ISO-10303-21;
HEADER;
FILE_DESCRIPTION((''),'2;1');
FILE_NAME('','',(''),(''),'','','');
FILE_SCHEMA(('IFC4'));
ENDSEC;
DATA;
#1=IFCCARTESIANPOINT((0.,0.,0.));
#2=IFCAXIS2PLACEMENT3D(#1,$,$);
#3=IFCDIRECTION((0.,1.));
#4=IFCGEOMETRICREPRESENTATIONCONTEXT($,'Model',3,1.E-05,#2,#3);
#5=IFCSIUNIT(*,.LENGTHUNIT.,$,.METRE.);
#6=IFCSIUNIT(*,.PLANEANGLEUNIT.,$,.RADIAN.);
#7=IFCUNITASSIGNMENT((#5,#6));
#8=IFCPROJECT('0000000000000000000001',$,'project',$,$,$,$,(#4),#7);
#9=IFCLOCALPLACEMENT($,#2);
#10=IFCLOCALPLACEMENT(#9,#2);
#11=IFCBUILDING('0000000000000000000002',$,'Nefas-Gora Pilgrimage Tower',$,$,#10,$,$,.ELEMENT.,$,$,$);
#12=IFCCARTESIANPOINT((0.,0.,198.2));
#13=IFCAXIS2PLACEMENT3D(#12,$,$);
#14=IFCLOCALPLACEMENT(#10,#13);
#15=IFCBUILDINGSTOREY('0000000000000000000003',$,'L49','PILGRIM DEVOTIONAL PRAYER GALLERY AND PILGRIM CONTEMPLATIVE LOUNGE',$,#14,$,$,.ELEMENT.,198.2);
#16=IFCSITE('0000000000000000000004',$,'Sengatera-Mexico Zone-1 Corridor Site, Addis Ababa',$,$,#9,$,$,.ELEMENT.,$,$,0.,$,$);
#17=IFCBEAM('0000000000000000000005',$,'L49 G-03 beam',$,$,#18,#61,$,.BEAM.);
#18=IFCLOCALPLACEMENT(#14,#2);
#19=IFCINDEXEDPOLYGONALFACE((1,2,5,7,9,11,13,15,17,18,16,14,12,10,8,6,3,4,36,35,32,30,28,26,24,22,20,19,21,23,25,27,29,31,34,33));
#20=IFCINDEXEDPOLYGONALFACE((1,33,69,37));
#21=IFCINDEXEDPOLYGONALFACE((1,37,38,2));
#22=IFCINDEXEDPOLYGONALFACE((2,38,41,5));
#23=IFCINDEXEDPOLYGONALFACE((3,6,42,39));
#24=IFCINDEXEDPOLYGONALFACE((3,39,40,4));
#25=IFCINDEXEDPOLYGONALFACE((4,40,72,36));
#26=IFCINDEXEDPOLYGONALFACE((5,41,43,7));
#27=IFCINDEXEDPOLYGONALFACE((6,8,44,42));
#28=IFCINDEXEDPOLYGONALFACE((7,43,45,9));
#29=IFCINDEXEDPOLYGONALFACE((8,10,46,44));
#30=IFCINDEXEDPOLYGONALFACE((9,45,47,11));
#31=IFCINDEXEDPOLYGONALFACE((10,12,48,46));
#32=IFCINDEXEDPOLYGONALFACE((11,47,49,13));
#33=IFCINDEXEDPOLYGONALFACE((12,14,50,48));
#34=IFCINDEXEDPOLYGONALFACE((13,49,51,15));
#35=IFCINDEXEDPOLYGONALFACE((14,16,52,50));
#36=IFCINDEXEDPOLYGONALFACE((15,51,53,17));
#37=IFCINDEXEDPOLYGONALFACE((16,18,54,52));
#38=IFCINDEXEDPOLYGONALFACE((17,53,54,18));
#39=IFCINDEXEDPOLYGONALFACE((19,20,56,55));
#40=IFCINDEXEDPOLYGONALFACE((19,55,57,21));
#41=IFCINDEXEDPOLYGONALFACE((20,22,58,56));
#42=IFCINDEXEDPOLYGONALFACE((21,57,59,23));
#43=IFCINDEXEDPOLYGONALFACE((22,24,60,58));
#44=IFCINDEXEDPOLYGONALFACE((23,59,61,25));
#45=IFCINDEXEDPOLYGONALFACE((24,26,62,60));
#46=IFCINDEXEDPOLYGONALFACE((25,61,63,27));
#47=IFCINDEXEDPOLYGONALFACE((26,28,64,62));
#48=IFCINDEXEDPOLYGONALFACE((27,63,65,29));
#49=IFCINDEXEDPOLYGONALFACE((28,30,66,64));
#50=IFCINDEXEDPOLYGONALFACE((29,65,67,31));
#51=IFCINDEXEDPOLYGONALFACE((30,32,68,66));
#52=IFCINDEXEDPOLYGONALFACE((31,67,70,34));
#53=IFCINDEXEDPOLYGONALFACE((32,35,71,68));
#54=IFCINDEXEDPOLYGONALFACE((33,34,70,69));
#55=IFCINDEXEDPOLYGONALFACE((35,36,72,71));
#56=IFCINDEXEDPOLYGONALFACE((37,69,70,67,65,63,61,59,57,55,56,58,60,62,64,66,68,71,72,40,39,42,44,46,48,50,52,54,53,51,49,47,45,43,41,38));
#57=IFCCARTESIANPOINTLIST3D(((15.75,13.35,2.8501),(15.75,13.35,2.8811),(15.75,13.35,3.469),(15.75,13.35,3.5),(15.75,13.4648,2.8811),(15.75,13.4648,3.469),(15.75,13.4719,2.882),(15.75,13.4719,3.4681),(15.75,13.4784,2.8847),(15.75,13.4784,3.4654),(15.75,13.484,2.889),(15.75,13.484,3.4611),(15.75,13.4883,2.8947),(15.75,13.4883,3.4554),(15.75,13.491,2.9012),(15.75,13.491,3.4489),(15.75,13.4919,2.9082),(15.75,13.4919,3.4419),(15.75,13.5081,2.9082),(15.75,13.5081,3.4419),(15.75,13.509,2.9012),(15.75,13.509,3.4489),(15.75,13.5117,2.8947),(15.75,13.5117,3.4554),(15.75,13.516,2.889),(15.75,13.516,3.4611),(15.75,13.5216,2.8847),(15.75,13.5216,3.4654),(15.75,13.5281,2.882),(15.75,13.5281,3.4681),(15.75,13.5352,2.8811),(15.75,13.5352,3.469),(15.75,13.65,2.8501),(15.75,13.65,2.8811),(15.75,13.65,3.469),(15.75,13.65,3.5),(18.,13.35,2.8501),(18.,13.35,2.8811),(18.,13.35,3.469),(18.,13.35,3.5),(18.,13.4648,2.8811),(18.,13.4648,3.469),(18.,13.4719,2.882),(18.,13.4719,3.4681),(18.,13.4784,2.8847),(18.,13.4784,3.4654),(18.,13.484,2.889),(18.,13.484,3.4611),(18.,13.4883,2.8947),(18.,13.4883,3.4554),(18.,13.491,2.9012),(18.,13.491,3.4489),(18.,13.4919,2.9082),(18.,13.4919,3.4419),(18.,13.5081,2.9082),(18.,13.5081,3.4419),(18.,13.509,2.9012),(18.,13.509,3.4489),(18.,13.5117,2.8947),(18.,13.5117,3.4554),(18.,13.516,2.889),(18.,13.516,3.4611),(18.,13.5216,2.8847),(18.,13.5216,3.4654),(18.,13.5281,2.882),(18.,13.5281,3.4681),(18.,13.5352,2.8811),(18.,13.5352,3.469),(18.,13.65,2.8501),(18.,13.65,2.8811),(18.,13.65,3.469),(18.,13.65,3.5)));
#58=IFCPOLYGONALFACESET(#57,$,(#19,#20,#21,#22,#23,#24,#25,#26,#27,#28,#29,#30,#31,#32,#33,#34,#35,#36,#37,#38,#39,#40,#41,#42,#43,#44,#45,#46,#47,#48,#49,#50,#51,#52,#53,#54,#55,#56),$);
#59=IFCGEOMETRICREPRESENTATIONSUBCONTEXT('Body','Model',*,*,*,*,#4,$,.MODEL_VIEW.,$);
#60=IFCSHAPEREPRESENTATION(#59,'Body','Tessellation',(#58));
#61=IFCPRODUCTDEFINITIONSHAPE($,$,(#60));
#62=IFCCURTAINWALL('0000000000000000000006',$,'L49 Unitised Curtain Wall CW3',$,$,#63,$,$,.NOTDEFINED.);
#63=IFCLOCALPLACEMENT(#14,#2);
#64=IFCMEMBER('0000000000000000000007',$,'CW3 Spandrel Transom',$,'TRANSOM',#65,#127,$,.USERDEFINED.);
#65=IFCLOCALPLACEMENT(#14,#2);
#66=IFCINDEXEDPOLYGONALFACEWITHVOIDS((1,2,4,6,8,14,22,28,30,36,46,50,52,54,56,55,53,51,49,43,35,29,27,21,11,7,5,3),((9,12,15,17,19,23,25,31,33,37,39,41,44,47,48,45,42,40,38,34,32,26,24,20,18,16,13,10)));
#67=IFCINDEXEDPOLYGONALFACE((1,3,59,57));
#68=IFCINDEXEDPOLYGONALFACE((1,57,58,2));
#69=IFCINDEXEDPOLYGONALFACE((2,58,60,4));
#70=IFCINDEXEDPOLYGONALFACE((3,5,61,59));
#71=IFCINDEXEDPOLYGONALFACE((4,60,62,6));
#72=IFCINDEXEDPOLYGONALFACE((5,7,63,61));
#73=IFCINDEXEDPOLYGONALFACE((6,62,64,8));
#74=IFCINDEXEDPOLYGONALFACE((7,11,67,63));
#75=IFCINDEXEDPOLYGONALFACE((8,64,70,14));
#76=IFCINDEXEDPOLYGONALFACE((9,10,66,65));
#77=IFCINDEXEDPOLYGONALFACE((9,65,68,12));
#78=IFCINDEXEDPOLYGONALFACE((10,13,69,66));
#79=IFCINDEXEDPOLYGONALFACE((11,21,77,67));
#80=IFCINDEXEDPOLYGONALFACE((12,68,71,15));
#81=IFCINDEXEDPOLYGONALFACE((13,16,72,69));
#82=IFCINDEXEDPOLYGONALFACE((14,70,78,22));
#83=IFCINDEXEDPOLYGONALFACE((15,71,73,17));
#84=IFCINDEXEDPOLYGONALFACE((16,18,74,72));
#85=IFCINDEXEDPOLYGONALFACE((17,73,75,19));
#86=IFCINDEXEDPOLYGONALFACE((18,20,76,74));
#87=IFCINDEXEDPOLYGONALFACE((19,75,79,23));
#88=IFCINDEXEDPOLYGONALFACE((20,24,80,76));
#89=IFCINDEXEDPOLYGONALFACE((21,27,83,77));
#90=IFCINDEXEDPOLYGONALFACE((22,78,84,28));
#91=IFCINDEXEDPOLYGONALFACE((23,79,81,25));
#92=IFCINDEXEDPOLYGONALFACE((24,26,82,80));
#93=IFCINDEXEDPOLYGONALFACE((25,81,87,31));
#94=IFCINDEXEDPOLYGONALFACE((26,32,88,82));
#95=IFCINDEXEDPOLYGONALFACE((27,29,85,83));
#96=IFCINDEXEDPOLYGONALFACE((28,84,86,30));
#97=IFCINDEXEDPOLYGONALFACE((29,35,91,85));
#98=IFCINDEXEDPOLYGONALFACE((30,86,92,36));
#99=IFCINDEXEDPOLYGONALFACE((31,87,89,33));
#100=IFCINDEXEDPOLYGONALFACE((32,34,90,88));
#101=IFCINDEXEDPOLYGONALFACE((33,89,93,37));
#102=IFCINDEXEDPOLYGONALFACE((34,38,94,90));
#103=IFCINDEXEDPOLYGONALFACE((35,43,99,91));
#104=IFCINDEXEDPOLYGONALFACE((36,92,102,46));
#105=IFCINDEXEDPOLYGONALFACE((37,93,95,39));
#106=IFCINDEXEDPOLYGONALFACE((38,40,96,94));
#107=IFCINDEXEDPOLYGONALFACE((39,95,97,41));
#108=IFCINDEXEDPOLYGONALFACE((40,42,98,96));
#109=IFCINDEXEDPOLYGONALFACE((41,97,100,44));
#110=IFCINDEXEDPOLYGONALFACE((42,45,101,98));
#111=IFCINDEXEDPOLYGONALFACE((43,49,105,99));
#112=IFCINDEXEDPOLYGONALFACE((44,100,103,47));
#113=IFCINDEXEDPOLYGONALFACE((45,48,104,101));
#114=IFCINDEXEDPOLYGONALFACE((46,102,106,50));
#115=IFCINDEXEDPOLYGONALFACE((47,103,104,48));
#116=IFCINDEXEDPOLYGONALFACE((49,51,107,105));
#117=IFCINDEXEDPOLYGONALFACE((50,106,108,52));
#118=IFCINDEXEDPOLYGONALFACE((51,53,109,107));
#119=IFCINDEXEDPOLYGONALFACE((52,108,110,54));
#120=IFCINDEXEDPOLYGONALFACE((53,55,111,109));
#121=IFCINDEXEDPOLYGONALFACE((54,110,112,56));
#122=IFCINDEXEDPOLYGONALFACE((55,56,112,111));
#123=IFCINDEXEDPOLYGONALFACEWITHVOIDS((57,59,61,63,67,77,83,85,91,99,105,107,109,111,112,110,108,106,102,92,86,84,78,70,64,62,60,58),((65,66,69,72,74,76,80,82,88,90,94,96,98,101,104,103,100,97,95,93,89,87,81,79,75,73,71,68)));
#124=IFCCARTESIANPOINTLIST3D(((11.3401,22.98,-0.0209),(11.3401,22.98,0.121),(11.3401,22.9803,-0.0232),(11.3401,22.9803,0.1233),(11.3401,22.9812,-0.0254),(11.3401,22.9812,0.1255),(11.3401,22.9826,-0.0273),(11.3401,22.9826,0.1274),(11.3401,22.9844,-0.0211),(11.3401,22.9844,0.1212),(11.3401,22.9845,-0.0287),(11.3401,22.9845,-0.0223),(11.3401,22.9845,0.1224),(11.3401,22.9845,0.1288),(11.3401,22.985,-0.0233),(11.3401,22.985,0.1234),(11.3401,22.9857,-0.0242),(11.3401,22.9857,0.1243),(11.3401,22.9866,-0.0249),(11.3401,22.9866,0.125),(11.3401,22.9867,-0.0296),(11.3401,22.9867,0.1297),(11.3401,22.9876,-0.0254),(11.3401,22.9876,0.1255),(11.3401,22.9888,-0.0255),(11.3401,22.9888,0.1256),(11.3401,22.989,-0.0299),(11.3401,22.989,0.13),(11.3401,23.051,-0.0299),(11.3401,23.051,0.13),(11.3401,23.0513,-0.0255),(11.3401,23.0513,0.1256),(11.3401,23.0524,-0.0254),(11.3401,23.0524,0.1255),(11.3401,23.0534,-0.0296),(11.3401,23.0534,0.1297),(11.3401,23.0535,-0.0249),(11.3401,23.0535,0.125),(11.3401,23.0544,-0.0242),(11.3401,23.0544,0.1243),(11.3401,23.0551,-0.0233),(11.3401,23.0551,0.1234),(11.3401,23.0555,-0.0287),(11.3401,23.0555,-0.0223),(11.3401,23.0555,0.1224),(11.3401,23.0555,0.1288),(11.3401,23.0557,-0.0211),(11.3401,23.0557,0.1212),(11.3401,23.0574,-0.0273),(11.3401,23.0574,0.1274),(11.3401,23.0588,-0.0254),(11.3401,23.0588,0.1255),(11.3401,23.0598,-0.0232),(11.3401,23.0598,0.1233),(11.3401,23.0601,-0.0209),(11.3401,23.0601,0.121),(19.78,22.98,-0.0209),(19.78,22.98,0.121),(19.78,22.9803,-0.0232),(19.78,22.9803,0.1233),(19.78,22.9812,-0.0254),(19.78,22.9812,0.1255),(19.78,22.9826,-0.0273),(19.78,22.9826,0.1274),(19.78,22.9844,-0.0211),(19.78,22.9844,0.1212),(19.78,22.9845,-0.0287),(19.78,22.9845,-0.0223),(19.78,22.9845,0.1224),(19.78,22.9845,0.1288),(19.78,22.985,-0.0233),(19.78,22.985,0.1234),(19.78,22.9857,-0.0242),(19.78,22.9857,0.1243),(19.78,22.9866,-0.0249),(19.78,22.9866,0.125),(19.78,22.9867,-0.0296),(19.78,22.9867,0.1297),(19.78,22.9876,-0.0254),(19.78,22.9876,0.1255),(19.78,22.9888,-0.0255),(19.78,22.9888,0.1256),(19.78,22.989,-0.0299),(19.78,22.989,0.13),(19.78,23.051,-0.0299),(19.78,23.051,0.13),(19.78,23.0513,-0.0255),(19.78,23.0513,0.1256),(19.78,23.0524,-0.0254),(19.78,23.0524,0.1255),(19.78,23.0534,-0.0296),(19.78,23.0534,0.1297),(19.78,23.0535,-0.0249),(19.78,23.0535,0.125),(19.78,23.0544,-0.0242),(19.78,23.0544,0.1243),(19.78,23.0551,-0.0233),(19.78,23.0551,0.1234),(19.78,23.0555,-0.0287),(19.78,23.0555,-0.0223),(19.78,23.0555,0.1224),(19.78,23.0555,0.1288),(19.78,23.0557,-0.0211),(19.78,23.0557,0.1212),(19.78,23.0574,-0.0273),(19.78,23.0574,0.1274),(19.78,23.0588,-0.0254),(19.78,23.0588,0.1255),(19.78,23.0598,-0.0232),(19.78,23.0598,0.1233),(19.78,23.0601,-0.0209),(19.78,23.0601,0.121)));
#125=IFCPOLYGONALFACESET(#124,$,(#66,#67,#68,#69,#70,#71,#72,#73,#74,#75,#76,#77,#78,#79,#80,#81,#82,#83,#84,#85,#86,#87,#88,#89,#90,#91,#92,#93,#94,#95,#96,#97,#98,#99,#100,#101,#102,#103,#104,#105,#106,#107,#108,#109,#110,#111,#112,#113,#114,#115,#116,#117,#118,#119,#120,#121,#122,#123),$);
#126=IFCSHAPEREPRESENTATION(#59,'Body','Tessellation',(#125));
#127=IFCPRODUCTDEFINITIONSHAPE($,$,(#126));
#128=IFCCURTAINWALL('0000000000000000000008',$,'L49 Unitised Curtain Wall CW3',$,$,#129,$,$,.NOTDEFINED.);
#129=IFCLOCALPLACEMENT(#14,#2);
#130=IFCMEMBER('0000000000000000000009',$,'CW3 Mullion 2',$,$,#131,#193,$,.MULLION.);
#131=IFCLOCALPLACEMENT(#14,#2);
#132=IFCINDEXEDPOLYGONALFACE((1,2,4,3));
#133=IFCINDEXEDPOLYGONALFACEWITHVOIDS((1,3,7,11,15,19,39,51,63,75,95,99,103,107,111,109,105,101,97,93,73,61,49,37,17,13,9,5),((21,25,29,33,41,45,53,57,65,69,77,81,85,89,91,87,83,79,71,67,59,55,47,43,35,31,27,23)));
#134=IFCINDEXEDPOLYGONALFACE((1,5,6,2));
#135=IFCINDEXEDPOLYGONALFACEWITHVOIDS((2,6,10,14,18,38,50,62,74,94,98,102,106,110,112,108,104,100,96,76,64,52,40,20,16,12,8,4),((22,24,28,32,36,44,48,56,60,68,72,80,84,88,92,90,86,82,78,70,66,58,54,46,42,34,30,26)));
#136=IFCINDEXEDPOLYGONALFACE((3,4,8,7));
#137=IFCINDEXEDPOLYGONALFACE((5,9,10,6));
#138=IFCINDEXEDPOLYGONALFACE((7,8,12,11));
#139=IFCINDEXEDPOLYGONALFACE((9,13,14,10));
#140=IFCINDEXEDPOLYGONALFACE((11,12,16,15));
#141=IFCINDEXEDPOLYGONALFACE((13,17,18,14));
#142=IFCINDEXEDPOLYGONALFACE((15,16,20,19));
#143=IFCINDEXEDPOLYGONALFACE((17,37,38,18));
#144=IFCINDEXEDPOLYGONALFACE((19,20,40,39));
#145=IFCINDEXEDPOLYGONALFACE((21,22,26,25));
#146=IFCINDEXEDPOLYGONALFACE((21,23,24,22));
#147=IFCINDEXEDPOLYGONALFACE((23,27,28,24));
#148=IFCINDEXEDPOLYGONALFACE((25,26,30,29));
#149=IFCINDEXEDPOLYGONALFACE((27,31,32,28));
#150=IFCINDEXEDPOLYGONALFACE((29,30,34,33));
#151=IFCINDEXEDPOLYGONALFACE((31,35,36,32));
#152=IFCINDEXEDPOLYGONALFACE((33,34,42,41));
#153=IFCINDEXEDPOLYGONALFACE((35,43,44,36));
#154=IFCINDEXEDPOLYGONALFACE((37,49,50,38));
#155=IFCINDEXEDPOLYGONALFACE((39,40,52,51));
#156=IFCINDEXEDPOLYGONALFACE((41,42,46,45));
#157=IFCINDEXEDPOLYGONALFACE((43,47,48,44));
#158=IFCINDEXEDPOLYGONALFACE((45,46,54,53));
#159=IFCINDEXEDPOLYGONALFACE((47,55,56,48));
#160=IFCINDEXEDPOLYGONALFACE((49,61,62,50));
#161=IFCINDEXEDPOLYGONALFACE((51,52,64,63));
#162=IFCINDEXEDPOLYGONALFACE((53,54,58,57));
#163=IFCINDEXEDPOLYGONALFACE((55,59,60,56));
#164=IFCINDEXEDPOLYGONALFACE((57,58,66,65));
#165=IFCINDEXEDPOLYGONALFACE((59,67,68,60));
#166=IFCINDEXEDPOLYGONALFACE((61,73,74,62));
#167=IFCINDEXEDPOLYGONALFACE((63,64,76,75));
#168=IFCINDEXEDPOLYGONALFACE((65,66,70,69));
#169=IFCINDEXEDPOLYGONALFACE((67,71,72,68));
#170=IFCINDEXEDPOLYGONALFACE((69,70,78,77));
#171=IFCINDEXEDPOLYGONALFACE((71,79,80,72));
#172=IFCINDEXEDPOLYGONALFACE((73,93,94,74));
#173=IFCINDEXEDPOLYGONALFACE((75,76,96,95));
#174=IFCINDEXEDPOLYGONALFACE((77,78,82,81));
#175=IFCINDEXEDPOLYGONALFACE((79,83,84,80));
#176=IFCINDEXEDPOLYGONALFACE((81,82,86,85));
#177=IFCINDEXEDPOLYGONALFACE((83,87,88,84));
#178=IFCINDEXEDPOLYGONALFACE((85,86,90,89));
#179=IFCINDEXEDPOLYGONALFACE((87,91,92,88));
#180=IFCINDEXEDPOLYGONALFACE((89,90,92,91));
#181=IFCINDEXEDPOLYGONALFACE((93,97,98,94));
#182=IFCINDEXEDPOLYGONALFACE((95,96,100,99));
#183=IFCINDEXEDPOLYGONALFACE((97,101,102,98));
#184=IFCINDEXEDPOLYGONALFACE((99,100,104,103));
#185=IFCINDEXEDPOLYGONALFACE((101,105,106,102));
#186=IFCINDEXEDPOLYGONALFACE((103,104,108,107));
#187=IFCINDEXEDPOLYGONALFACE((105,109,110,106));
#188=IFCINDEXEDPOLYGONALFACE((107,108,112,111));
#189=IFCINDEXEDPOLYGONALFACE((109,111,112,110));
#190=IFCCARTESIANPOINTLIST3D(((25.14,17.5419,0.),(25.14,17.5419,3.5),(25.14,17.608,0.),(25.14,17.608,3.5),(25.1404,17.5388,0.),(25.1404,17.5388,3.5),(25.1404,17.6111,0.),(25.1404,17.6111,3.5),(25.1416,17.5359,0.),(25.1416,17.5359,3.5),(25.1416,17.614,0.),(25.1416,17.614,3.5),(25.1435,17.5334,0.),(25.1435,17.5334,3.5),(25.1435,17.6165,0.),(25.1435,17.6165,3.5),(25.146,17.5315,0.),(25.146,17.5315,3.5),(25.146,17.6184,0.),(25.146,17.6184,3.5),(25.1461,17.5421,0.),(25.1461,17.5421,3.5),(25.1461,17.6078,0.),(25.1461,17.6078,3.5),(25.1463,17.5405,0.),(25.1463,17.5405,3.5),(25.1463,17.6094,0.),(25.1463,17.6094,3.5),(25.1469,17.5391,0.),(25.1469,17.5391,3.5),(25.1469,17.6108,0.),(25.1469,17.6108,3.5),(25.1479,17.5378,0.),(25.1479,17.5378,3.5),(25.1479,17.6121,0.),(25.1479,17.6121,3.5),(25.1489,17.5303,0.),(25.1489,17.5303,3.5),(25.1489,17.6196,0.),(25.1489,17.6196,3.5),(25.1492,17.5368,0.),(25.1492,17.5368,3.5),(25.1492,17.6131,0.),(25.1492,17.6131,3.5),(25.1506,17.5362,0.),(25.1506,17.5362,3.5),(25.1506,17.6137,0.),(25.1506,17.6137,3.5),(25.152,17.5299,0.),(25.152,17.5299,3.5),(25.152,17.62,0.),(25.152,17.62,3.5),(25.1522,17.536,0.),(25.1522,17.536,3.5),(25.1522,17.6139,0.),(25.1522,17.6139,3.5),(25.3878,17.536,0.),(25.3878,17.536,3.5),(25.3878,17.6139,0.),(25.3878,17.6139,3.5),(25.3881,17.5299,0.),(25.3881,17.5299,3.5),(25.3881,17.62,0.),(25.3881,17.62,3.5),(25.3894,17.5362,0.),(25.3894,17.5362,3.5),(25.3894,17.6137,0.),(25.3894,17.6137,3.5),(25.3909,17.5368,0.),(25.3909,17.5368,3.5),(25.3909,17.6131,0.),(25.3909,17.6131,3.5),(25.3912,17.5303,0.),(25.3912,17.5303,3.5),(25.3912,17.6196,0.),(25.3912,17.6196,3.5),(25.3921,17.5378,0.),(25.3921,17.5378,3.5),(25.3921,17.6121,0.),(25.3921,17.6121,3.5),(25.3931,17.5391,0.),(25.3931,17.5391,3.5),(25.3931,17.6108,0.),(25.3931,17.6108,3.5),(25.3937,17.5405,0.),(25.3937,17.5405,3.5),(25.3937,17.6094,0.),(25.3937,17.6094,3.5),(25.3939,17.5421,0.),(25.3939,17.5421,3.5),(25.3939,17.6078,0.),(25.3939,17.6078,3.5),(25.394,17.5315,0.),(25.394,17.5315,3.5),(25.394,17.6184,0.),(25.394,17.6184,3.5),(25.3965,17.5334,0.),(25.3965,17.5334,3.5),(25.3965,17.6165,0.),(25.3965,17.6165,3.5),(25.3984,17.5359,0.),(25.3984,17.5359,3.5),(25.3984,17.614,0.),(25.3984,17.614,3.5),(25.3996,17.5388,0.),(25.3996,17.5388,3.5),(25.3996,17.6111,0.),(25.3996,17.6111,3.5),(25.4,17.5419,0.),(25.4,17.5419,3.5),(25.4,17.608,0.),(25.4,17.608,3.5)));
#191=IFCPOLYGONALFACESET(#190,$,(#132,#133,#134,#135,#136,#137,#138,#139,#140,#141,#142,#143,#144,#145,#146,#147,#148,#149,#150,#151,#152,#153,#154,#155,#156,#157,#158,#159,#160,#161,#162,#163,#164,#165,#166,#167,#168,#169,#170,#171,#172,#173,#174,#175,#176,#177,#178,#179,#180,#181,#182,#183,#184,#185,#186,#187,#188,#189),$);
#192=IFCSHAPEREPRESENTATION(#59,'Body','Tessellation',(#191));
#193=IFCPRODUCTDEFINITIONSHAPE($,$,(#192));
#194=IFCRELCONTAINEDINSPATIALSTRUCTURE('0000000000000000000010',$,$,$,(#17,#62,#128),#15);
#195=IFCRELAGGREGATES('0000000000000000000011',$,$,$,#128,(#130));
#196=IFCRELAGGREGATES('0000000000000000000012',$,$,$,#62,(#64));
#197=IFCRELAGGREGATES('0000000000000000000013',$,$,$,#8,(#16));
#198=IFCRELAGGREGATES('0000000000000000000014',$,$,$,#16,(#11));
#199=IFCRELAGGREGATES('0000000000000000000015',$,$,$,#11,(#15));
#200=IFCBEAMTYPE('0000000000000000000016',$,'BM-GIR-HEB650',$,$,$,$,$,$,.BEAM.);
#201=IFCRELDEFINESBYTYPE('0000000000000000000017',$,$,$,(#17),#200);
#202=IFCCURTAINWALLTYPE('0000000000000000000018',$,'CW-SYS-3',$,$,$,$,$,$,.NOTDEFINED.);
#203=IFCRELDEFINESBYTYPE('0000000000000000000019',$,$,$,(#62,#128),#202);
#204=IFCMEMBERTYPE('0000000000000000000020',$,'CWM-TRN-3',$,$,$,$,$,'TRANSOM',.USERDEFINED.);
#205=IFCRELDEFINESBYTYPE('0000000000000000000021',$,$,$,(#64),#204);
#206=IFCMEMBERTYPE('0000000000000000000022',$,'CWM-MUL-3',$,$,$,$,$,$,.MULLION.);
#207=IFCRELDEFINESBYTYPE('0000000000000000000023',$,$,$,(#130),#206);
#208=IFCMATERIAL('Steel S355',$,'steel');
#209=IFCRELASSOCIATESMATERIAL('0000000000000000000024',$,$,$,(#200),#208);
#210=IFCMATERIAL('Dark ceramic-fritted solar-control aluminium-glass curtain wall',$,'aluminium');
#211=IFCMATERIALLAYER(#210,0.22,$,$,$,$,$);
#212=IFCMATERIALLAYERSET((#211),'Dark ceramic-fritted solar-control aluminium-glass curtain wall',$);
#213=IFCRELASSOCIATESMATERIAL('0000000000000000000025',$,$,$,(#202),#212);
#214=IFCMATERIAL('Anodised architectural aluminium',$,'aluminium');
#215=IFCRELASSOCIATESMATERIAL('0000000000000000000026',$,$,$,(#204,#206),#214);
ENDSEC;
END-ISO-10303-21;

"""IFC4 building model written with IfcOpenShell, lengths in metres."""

from ifc_helpers import new_model, si_unit, direction, frame, origin, origin_2d, place, context, subcontext, project, spatial, hollow_rectangle, i_section, extrude, source, transform, mapped, material, layer, layer_set, material_profile, profile_set, type_object, element, aggregate, save


model = new_model("IFC4")

# Units and contexts
model_context = context("Model", 3, precision=1e-05, world=origin(), true_north=direction((0.0, 1.0)))
body_context = subcontext(model_context, "Body", "Model", "MODEL_VIEW")
ifc_project = project(units=[si_unit("LENGTHUNIT", "METRE"), si_unit("PLANEANGLEUNIT", "RADIAN")], contexts=[model_context])

# Site, building, storey
site_placement = place(None, origin())
site = spatial("IfcSite", under=ifc_project, at=site_placement, Name="Sengatera-Mexico Zone-1 Corridor Site, Addis Ababa", CompositionType="ELEMENT", RefElevation=0.0)
building_placement = place(site_placement, origin())
building = spatial("IfcBuilding", under=site, at=building_placement, Name="Nefas-Gora Pilgrimage Tower", CompositionType="ELEMENT")
storey_placement = place(building_placement, frame((0.0, 0.0, 198.2)))
storey = spatial("IfcBuildingStorey", under=building, at=storey_placement, Name="L49", Description="PILGRIM DEVOTIONAL PRAYER GALLERY AND PILGRIM CONTEMPLATIVE LOUNGE", CompositionType="ELEMENT", Elevation=198.2)

# Beam
ifc_material_1 = material(Name="Steel S355", Category="steel")
ifc_material_profile_1 = material_profile(ifc_material_1, i_section(OverallWidth=0.3, OverallDepth=0.6499, WebThickness=0.0161, FlangeThickness=0.031, FilletRadius=0.0271, at=origin_2d()), Name="HEB 650")
ifc_profile_set_1 = profile_set([ifc_material_profile_1], Name="Steel S355")
beam_type_1 = type_object("IfcBeamType", Name="BM-GIR-HEB650", PredefinedType="BEAM", material=ifc_profile_set_1)
shared_shape_1 = source(origin(), body_context, "Body", "SweptSolid", [
    extrude(i_section(OverallWidth=0.3, OverallDepth=0.6499, WebThickness=0.0161, FlangeThickness=0.031, FilletRadius=0.0271, at=origin_2d()), origin(), (0.0, 0.0, 1.0), 2.25),
])
beam_1_placement = place(storey_placement, frame((15.75, 13.5, 3.175), z_axis=(1.0, 0.0, 0.0), x_axis=(0.0, 1.0, 0.0)))
element("IfcBeam", 1, at=beam_1_placement, inside=storey, type_object=beam_type_1, Name="L49 G-03 beam", PredefinedType="BEAM", context=body_context, shape_type="MappedRepresentation", body=[
    mapped(shared_shape_1, transform((0.0, 0.0, 0.0), x_axis=(1.0, 0.0, 0.0), y_axis=(0.0, 1.0, 0.0), z_axis=(0.0, 0.0, 1.0), scale=1.0)),
])

# Curtain walls, members
ifc_material_2 = material(Name="Dark ceramic-fritted solar-control aluminium-glass curtain wall", Category="aluminium")
ifc_layer_1 = layer(ifc_material_2, 0.22)
ifc_layer_set_1 = layer_set([ifc_layer_1], Name="Dark ceramic-fritted solar-control aluminium-glass curtain wall")
curtain_wall_type = type_object("IfcCurtainWallType", Name="CW-SYS-3", PredefinedType="NOTDEFINED", material=ifc_layer_set_1)
curtain_wall_1_placement = place(storey_placement, origin())
curtain_wall_1 = element("IfcCurtainWall", 2, at=curtain_wall_1_placement, inside=storey, type_object=curtain_wall_type, Name="L49 Unitised Curtain Wall CW3", PredefinedType="NOTDEFINED")
ifc_material_3 = material(Name="Anodised architectural aluminium", Category="aluminium")
ifc_material_profile_2 = material_profile(ifc_material_3, hollow_rectangle(XDim=0.0801, YDim=0.1599, WallThickness=0.0044, InnerFilletRadius=0.0044, OuterFilletRadius=0.009, at=origin_2d()), Name="ALU TRANSOM 80x160")
ifc_profile_set_2 = profile_set([ifc_material_profile_2], Name="Anodised architectural aluminium")
member_type_1 = type_object("IfcMemberType", Name="CWM-TRN-3", ElementType="TRANSOM", PredefinedType="USERDEFINED", material=ifc_profile_set_2)
shared_shape_2 = source(origin(), body_context, "Body", "SweptSolid", [
    extrude(hollow_rectangle(XDim=0.0801, YDim=0.1599, WallThickness=0.0044, InnerFilletRadius=0.0044, OuterFilletRadius=0.009, at=origin_2d()), origin(), (0.0, 0.0, 1.0), 8.4399),
])
member_1_placement = place(storey_placement, frame((19.78, 23.02, 0.05), z_axis=(-1.0, 0.0, 0.0), x_axis=(0.0, -1.0, 0.0)))
member_1 = element("IfcMember", 3, at=member_1_placement, type_object=member_type_1, Name="CW3 Spandrel Transom", ObjectType="TRANSOM", PredefinedType="USERDEFINED", context=body_context, shape_type="MappedRepresentation", body=[
    mapped(shared_shape_2, transform((0.0, 0.0, 0.0), x_axis=(1.0, 0.0, 0.0), y_axis=(0.0, 1.0, 0.0), z_axis=(0.0, 0.0, 1.0), scale=1.0)),
])
curtain_wall_2_placement = place(storey_placement, origin())
curtain_wall_2 = element("IfcCurtainWall", 4, at=curtain_wall_2_placement, inside=storey, type_object=curtain_wall_type, Name="L49 Unitised Curtain Wall CW3", PredefinedType="NOTDEFINED")
ifc_material_profile_3 = material_profile(ifc_material_3, hollow_rectangle(XDim=0.0901, YDim=0.26, WallThickness=0.0061, InnerFilletRadius=0.0061, OuterFilletRadius=0.012, at=origin_2d()), Name="ALU MULLION 90x260")
ifc_profile_set_3 = profile_set([ifc_material_profile_3], Name="Anodised architectural aluminium")
member_type_2 = type_object("IfcMemberType", Name="CWM-MUL-3", PredefinedType="MULLION", material=ifc_profile_set_3)
shared_shape_3 = source(origin(), body_context, "Body", "SweptSolid", [
    extrude(hollow_rectangle(XDim=0.0901, YDim=0.26, WallThickness=0.0061, InnerFilletRadius=0.0061, OuterFilletRadius=0.012, at=origin_2d()), origin(), (0.0, 0.0, 1.0), 3.5),
])
member_2_placement = place(storey_placement, frame((25.27, 17.575, 0.0), z_axis=(0.0, 0.0, 1.0), x_axis=(0.0, 1.0, 0.0)))
member_2 = element("IfcMember", 5, at=member_2_placement, type_object=member_type_2, Name="CW3 Mullion 2", PredefinedType="MULLION", context=body_context, shape_type="MappedRepresentation", body=[
    mapped(shared_shape_3, transform((0.0, 0.0, 0.0), x_axis=(1.0, 0.0, 0.0), y_axis=(0.0, 1.0, 0.0), z_axis=(0.0, 0.0, 1.0), scale=1.0)),
])
aggregate(curtain_wall_2, [member_2])

aggregate(curtain_wall_1, [member_1])

save(model, "model.ifc")
